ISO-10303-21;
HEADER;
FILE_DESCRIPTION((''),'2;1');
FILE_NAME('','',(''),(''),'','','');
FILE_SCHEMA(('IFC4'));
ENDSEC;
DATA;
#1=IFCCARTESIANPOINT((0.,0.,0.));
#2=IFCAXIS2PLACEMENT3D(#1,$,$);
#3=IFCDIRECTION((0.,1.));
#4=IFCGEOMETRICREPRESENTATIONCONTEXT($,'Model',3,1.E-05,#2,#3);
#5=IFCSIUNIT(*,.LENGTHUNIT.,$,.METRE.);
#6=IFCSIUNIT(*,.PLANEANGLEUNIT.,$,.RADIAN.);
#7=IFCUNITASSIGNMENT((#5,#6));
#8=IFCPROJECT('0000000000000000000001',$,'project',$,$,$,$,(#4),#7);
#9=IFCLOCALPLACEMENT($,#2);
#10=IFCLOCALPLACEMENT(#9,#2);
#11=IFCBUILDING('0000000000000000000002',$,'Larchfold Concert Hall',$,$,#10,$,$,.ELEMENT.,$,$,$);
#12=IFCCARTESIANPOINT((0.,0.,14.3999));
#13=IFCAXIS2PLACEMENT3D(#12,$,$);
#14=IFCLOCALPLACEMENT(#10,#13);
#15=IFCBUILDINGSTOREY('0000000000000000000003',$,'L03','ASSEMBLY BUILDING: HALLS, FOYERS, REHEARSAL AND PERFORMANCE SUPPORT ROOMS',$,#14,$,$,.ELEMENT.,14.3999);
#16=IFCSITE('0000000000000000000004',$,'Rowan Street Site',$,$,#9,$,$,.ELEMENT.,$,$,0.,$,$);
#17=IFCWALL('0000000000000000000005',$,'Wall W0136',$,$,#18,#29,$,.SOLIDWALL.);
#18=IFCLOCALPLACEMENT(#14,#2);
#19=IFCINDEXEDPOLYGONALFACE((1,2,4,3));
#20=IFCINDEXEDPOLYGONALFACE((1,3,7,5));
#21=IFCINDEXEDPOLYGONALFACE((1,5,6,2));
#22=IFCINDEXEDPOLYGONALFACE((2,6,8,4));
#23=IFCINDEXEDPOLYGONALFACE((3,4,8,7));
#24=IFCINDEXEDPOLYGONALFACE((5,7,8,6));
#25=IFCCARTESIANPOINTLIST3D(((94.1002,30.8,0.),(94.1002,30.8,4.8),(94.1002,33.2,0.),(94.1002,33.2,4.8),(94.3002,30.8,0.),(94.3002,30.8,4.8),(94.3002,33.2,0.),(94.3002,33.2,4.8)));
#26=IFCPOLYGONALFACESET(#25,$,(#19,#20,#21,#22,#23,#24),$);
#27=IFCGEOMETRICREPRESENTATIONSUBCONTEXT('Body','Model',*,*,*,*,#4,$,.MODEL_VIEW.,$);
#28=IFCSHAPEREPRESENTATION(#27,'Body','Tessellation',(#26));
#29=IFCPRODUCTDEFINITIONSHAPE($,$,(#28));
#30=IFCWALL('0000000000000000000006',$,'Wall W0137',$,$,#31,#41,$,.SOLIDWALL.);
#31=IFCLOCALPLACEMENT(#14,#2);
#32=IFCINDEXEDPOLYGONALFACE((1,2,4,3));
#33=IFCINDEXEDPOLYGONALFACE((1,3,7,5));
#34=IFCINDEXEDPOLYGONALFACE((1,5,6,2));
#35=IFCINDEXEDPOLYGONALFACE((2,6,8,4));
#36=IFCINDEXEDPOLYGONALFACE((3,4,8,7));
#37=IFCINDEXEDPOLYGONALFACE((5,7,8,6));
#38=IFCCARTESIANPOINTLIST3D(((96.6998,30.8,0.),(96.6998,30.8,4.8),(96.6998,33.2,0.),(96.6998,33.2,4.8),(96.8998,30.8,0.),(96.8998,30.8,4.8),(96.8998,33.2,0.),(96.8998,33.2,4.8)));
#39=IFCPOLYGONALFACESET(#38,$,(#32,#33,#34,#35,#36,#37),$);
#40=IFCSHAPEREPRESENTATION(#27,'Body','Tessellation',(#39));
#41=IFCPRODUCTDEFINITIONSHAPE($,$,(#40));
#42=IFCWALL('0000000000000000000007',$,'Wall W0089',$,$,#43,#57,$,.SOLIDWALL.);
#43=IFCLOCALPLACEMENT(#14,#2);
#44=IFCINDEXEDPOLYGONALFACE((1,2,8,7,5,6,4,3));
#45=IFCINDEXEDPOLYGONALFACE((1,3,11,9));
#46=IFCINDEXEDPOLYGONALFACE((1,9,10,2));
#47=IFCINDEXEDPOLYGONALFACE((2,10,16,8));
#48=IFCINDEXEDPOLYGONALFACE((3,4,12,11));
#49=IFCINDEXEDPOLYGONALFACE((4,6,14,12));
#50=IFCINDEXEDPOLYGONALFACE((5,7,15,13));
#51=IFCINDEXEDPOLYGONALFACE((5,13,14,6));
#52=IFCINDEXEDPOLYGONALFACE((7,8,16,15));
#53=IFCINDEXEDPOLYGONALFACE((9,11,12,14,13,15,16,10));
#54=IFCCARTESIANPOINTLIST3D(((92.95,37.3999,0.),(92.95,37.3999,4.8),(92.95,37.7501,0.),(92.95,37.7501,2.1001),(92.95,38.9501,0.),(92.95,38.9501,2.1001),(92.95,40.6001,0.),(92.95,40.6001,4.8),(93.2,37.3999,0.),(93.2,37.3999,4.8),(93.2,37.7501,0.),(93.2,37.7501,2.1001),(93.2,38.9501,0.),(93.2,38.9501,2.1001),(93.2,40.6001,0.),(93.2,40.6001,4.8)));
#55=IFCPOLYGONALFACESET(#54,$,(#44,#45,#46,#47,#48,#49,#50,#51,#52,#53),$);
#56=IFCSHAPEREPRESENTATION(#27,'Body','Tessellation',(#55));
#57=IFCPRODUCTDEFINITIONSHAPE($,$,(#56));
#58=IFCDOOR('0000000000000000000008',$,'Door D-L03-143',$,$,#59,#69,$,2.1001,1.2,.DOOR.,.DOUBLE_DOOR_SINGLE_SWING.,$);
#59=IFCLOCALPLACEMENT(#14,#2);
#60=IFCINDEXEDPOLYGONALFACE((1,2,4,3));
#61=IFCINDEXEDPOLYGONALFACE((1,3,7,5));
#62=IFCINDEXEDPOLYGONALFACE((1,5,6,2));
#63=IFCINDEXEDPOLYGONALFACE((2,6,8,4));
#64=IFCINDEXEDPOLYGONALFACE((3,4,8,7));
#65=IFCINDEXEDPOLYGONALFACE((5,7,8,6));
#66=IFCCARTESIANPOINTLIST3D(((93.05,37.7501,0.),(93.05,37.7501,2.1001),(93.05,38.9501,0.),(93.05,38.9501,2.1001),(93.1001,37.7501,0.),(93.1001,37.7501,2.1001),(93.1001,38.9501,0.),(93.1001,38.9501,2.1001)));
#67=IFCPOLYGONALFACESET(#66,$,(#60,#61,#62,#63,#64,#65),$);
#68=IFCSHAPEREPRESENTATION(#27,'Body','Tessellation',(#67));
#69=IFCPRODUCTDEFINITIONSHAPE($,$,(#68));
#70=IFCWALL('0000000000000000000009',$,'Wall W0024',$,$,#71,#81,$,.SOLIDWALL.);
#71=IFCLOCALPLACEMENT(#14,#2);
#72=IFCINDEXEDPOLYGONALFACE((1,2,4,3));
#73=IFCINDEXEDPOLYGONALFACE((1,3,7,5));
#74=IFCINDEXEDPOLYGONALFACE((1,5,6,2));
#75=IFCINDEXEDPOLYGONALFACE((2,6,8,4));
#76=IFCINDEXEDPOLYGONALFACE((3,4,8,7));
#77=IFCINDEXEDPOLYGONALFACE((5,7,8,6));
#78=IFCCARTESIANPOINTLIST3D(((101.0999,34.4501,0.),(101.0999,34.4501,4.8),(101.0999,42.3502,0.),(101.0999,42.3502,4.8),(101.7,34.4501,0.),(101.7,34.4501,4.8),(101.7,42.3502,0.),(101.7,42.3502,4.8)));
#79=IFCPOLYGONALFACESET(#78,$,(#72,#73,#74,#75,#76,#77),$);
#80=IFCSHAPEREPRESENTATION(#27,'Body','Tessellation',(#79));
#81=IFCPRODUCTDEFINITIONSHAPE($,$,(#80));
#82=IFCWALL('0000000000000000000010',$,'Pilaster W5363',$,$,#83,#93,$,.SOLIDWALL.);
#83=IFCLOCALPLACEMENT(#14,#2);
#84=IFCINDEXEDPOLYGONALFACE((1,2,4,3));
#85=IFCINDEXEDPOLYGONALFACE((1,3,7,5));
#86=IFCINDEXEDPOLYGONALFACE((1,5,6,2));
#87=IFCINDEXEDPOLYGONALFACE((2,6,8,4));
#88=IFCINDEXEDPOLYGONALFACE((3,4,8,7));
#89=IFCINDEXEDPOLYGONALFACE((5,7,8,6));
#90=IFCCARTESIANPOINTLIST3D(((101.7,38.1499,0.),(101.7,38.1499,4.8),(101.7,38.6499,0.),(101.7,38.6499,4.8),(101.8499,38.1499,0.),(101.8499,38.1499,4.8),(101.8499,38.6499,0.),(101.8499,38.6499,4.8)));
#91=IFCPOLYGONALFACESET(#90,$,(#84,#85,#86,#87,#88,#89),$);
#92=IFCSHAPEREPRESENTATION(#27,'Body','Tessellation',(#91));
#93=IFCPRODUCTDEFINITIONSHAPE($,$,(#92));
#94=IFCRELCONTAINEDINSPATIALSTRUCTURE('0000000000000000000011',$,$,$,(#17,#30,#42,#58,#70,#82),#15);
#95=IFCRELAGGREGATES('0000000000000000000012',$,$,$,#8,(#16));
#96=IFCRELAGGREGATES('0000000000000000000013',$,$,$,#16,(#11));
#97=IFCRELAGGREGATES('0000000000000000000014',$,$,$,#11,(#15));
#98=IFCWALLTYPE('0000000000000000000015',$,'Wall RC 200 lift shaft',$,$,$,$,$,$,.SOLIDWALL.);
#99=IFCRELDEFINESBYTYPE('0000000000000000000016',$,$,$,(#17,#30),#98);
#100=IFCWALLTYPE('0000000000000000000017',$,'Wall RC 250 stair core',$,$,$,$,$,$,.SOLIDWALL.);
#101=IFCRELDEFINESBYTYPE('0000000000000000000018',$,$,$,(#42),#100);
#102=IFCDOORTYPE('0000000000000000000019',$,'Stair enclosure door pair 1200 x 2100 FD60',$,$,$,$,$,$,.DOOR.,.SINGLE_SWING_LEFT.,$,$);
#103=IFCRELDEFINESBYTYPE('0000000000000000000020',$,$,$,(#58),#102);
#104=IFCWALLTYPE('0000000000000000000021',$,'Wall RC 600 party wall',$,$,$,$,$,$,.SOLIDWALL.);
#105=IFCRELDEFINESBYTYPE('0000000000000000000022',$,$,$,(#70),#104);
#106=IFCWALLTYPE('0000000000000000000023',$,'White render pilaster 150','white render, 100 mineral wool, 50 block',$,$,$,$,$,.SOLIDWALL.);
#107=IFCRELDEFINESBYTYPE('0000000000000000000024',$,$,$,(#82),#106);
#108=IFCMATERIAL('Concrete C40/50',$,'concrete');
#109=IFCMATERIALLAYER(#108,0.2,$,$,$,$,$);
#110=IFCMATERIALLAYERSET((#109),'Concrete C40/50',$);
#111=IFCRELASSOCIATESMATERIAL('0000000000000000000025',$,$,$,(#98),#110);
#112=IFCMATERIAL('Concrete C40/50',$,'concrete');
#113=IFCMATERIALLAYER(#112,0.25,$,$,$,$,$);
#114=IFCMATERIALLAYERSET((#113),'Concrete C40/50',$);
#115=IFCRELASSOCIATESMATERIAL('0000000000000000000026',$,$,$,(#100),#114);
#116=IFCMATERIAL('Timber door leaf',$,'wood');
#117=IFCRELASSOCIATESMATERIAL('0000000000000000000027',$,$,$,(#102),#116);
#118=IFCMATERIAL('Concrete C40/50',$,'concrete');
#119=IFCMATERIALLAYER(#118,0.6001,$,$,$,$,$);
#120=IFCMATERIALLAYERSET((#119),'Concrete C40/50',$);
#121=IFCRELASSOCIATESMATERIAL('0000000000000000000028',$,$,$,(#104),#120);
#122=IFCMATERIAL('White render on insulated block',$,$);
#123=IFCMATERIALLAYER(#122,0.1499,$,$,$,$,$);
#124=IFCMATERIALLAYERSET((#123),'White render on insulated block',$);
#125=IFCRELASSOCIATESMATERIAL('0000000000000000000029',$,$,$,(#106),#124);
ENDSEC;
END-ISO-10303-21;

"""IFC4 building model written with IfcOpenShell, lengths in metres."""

from ifc_helpers import new_model, si_unit, direction, frame, frame_2d, origin, place, context, subcontext, project, spatial, rectangle, extrude, material, layer, layer_set, type_object, element, fill, save


model = new_model("IFC4")

# Units and contexts
model_context = context("Model", 3, precision=1e-05, world=origin(), true_north=direction((0.0, 1.0)))
body_context = subcontext(model_context, "Body", "Model", "MODEL_VIEW")
ifc_project = project(units=[si_unit("LENGTHUNIT", "METRE"), si_unit("PLANEANGLEUNIT", "RADIAN")], contexts=[model_context])

# Site, building, storey
site_placement = place(None, origin())
site = spatial("IfcSite", under=ifc_project, at=site_placement, Name="Rowan Street Site", CompositionType="ELEMENT", RefElevation=0.0)
building_placement = place(site_placement, origin())
building = spatial("IfcBuilding", under=site, at=building_placement, Name="Larchfold Concert Hall", CompositionType="ELEMENT")
storey_placement = place(building_placement, frame((0.0, 0.0, 14.3999)))
storey = spatial("IfcBuildingStorey", under=building, at=storey_placement, Name="L03", Description="ASSEMBLY BUILDING: HALLS, FOYERS, REHEARSAL AND PERFORMANCE SUPPORT ROOMS", CompositionType="ELEMENT", Elevation=14.3999)

# Shared definitions
ifc_material_1 = material(Name="Concrete C40/50", Category="concrete")
ifc_layer_1 = layer(ifc_material_1, 0.2)
ifc_layer_set_1 = layer_set([ifc_layer_1], Name="Concrete C40/50")
wall_type_1 = type_object("IfcWallType", Name="Wall RC 200 lift shaft", PredefinedType="SOLIDWALL", material=ifc_layer_set_1)

# Walls
for number, where, z_axis, x_axis, name in (
    (1, (94.2002, 30.8, 0.0), (0.0, 0.0, 1.0), (0.0, 1.0, 0.0), "Wall W0136"),
    (2, (96.7998, 30.8, 0.0), (0.0, 0.0, 1.0), (0.0, 1.0, 0.0), "Wall W0137"),
):
    element("IfcWall", number, at=place(storey_placement, frame(where, z_axis=z_axis, x_axis=x_axis)), inside=storey, type_object=wall_type_1, Name=name, PredefinedType="SOLIDWALL", context=body_context, shape_type="SweptSolid", body=[
        extrude(rectangle(XDim=2.3999, YDim=0.2, at=frame_2d((1.2, 0.0))), origin(), (0.0, 0.0, 1.0), 4.8),
    ])

# Wall, opening, door
ifc_material_2 = material(Name="Concrete C40/50", Category="concrete")
ifc_layer_2 = layer(ifc_material_2, 0.25)
ifc_layer_set_2 = layer_set([ifc_layer_2], Name="Concrete C40/50")
wall_type_2 = type_object("IfcWallType", Name="Wall RC 250 stair core", PredefinedType="SOLIDWALL", material=ifc_layer_set_2)
wall_1_placement = place(storey_placement, frame((93.075, 37.3999, 0.0), z_axis=(0.0, 0.0, 1.0), x_axis=(0.0, 1.0, 0.0)))
wall_1 = element("IfcWall", 3, at=wall_1_placement, inside=storey, type_object=wall_type_2, Name="Wall W0089", PredefinedType="SOLIDWALL", context=body_context, shape_type="SweptSolid", body=[
    extrude(rectangle(XDim=3.2002, YDim=0.25, at=frame_2d((1.6001, 0.0))), origin(), (0.0, 0.0, 1.0), 4.8),
])
opening_1_placement = place(wall_1_placement, frame((0.3501, 0.0, 0.0)))
opening_1 = element("IfcOpeningElement", 4, at=opening_1_placement, cuts=wall_1, PredefinedType="OPENING", context=body_context, shape_type="SweptSolid", body=[
    extrude(rectangle(XDim=1.2, YDim=2.1001, at=frame_2d((0.6001, 1.05))), frame((0.0, 0.135, 0.0), z_axis=(0.0, -1.0, 0.0), x_axis=(1.0, 0.0, 0.0)), (0.0, 0.0, 1.0), 0.27),
])
ifc_material_3 = material(Name="Timber door leaf", Category="wood")
door_type_1 = type_object("IfcDoorType", Name="Stair enclosure door pair 1200 x 2100 FD60", OperationType="SINGLE_SWING_LEFT", PredefinedType="DOOR", material=ifc_material_3)
door_1_placement = place(opening_1_placement, origin())
door_1 = element("IfcDoor", 5, at=door_1_placement, inside=storey, type_object=door_type_1, Name="Door D-L03-143", OperationType="DOUBLE_DOOR_SINGLE_SWING", OverallHeight=2.1001, OverallWidth=1.2, PredefinedType="DOOR", context=body_context, shape_type="SweptSolid", body=[
    extrude(rectangle(XDim=1.2, YDim=2.1001, at=frame_2d((0.6001, 1.05))), frame((0.0, 0.0249, 0.0), z_axis=(0.0, -1.0, 0.0), x_axis=(1.0, 0.0, 0.0)), (0.0, 0.0, 1.0), 0.05),
])
fill(opening_1, door_1)

# Walls
ifc_material_4 = material(Name="Concrete C40/50", Category="concrete")
ifc_layer_3 = layer(ifc_material_4, 0.6001)
ifc_layer_set_3 = layer_set([ifc_layer_3], Name="Concrete C40/50")
wall_type_3 = type_object("IfcWallType", Name="Wall RC 600 party wall", PredefinedType="SOLIDWALL", material=ifc_layer_set_3)
wall_2_placement = place(storey_placement, frame((101.3999, 34.45, 0.0), z_axis=(0.0, 0.0, 1.0), x_axis=(0.0, 1.0, 0.0)))
element("IfcWall", 6, at=wall_2_placement, inside=storey, type_object=wall_type_3, Name="Wall W0024", PredefinedType="SOLIDWALL", context=body_context, shape_type="SweptSolid", body=[
    extrude(rectangle(XDim=7.9001, YDim=0.6001, at=frame_2d((3.9502, 0.0))), origin(), (0.0, 0.0, 1.0), 4.8),
])
ifc_material_5 = material(Name="White render on insulated block")
ifc_layer_4 = layer(ifc_material_5, 0.1499)
ifc_layer_set_4 = layer_set([ifc_layer_4], Name="White render on insulated block")
wall_type_4 = type_object("IfcWallType", Name="White render pilaster 150", Description="white render, 100 mineral wool, 50 block", PredefinedType="SOLIDWALL", material=ifc_layer_set_4)
wall_3_placement = place(storey_placement, frame((101.7749, 38.1499, 0.0), z_axis=(0.0, 0.0, 1.0), x_axis=(0.0, 1.0, 0.0)))
element("IfcWall", 7, at=wall_3_placement, inside=storey, type_object=wall_type_4, Name="Pilaster W5363", PredefinedType="SOLIDWALL", context=body_context, shape_type="SweptSolid", body=[
    extrude(rectangle(XDim=0.5, YDim=0.1499, at=frame_2d((0.25, 0.0))), origin(), (0.0, 0.0, 1.0), 4.8),
])

save(model, "model.ifc")
